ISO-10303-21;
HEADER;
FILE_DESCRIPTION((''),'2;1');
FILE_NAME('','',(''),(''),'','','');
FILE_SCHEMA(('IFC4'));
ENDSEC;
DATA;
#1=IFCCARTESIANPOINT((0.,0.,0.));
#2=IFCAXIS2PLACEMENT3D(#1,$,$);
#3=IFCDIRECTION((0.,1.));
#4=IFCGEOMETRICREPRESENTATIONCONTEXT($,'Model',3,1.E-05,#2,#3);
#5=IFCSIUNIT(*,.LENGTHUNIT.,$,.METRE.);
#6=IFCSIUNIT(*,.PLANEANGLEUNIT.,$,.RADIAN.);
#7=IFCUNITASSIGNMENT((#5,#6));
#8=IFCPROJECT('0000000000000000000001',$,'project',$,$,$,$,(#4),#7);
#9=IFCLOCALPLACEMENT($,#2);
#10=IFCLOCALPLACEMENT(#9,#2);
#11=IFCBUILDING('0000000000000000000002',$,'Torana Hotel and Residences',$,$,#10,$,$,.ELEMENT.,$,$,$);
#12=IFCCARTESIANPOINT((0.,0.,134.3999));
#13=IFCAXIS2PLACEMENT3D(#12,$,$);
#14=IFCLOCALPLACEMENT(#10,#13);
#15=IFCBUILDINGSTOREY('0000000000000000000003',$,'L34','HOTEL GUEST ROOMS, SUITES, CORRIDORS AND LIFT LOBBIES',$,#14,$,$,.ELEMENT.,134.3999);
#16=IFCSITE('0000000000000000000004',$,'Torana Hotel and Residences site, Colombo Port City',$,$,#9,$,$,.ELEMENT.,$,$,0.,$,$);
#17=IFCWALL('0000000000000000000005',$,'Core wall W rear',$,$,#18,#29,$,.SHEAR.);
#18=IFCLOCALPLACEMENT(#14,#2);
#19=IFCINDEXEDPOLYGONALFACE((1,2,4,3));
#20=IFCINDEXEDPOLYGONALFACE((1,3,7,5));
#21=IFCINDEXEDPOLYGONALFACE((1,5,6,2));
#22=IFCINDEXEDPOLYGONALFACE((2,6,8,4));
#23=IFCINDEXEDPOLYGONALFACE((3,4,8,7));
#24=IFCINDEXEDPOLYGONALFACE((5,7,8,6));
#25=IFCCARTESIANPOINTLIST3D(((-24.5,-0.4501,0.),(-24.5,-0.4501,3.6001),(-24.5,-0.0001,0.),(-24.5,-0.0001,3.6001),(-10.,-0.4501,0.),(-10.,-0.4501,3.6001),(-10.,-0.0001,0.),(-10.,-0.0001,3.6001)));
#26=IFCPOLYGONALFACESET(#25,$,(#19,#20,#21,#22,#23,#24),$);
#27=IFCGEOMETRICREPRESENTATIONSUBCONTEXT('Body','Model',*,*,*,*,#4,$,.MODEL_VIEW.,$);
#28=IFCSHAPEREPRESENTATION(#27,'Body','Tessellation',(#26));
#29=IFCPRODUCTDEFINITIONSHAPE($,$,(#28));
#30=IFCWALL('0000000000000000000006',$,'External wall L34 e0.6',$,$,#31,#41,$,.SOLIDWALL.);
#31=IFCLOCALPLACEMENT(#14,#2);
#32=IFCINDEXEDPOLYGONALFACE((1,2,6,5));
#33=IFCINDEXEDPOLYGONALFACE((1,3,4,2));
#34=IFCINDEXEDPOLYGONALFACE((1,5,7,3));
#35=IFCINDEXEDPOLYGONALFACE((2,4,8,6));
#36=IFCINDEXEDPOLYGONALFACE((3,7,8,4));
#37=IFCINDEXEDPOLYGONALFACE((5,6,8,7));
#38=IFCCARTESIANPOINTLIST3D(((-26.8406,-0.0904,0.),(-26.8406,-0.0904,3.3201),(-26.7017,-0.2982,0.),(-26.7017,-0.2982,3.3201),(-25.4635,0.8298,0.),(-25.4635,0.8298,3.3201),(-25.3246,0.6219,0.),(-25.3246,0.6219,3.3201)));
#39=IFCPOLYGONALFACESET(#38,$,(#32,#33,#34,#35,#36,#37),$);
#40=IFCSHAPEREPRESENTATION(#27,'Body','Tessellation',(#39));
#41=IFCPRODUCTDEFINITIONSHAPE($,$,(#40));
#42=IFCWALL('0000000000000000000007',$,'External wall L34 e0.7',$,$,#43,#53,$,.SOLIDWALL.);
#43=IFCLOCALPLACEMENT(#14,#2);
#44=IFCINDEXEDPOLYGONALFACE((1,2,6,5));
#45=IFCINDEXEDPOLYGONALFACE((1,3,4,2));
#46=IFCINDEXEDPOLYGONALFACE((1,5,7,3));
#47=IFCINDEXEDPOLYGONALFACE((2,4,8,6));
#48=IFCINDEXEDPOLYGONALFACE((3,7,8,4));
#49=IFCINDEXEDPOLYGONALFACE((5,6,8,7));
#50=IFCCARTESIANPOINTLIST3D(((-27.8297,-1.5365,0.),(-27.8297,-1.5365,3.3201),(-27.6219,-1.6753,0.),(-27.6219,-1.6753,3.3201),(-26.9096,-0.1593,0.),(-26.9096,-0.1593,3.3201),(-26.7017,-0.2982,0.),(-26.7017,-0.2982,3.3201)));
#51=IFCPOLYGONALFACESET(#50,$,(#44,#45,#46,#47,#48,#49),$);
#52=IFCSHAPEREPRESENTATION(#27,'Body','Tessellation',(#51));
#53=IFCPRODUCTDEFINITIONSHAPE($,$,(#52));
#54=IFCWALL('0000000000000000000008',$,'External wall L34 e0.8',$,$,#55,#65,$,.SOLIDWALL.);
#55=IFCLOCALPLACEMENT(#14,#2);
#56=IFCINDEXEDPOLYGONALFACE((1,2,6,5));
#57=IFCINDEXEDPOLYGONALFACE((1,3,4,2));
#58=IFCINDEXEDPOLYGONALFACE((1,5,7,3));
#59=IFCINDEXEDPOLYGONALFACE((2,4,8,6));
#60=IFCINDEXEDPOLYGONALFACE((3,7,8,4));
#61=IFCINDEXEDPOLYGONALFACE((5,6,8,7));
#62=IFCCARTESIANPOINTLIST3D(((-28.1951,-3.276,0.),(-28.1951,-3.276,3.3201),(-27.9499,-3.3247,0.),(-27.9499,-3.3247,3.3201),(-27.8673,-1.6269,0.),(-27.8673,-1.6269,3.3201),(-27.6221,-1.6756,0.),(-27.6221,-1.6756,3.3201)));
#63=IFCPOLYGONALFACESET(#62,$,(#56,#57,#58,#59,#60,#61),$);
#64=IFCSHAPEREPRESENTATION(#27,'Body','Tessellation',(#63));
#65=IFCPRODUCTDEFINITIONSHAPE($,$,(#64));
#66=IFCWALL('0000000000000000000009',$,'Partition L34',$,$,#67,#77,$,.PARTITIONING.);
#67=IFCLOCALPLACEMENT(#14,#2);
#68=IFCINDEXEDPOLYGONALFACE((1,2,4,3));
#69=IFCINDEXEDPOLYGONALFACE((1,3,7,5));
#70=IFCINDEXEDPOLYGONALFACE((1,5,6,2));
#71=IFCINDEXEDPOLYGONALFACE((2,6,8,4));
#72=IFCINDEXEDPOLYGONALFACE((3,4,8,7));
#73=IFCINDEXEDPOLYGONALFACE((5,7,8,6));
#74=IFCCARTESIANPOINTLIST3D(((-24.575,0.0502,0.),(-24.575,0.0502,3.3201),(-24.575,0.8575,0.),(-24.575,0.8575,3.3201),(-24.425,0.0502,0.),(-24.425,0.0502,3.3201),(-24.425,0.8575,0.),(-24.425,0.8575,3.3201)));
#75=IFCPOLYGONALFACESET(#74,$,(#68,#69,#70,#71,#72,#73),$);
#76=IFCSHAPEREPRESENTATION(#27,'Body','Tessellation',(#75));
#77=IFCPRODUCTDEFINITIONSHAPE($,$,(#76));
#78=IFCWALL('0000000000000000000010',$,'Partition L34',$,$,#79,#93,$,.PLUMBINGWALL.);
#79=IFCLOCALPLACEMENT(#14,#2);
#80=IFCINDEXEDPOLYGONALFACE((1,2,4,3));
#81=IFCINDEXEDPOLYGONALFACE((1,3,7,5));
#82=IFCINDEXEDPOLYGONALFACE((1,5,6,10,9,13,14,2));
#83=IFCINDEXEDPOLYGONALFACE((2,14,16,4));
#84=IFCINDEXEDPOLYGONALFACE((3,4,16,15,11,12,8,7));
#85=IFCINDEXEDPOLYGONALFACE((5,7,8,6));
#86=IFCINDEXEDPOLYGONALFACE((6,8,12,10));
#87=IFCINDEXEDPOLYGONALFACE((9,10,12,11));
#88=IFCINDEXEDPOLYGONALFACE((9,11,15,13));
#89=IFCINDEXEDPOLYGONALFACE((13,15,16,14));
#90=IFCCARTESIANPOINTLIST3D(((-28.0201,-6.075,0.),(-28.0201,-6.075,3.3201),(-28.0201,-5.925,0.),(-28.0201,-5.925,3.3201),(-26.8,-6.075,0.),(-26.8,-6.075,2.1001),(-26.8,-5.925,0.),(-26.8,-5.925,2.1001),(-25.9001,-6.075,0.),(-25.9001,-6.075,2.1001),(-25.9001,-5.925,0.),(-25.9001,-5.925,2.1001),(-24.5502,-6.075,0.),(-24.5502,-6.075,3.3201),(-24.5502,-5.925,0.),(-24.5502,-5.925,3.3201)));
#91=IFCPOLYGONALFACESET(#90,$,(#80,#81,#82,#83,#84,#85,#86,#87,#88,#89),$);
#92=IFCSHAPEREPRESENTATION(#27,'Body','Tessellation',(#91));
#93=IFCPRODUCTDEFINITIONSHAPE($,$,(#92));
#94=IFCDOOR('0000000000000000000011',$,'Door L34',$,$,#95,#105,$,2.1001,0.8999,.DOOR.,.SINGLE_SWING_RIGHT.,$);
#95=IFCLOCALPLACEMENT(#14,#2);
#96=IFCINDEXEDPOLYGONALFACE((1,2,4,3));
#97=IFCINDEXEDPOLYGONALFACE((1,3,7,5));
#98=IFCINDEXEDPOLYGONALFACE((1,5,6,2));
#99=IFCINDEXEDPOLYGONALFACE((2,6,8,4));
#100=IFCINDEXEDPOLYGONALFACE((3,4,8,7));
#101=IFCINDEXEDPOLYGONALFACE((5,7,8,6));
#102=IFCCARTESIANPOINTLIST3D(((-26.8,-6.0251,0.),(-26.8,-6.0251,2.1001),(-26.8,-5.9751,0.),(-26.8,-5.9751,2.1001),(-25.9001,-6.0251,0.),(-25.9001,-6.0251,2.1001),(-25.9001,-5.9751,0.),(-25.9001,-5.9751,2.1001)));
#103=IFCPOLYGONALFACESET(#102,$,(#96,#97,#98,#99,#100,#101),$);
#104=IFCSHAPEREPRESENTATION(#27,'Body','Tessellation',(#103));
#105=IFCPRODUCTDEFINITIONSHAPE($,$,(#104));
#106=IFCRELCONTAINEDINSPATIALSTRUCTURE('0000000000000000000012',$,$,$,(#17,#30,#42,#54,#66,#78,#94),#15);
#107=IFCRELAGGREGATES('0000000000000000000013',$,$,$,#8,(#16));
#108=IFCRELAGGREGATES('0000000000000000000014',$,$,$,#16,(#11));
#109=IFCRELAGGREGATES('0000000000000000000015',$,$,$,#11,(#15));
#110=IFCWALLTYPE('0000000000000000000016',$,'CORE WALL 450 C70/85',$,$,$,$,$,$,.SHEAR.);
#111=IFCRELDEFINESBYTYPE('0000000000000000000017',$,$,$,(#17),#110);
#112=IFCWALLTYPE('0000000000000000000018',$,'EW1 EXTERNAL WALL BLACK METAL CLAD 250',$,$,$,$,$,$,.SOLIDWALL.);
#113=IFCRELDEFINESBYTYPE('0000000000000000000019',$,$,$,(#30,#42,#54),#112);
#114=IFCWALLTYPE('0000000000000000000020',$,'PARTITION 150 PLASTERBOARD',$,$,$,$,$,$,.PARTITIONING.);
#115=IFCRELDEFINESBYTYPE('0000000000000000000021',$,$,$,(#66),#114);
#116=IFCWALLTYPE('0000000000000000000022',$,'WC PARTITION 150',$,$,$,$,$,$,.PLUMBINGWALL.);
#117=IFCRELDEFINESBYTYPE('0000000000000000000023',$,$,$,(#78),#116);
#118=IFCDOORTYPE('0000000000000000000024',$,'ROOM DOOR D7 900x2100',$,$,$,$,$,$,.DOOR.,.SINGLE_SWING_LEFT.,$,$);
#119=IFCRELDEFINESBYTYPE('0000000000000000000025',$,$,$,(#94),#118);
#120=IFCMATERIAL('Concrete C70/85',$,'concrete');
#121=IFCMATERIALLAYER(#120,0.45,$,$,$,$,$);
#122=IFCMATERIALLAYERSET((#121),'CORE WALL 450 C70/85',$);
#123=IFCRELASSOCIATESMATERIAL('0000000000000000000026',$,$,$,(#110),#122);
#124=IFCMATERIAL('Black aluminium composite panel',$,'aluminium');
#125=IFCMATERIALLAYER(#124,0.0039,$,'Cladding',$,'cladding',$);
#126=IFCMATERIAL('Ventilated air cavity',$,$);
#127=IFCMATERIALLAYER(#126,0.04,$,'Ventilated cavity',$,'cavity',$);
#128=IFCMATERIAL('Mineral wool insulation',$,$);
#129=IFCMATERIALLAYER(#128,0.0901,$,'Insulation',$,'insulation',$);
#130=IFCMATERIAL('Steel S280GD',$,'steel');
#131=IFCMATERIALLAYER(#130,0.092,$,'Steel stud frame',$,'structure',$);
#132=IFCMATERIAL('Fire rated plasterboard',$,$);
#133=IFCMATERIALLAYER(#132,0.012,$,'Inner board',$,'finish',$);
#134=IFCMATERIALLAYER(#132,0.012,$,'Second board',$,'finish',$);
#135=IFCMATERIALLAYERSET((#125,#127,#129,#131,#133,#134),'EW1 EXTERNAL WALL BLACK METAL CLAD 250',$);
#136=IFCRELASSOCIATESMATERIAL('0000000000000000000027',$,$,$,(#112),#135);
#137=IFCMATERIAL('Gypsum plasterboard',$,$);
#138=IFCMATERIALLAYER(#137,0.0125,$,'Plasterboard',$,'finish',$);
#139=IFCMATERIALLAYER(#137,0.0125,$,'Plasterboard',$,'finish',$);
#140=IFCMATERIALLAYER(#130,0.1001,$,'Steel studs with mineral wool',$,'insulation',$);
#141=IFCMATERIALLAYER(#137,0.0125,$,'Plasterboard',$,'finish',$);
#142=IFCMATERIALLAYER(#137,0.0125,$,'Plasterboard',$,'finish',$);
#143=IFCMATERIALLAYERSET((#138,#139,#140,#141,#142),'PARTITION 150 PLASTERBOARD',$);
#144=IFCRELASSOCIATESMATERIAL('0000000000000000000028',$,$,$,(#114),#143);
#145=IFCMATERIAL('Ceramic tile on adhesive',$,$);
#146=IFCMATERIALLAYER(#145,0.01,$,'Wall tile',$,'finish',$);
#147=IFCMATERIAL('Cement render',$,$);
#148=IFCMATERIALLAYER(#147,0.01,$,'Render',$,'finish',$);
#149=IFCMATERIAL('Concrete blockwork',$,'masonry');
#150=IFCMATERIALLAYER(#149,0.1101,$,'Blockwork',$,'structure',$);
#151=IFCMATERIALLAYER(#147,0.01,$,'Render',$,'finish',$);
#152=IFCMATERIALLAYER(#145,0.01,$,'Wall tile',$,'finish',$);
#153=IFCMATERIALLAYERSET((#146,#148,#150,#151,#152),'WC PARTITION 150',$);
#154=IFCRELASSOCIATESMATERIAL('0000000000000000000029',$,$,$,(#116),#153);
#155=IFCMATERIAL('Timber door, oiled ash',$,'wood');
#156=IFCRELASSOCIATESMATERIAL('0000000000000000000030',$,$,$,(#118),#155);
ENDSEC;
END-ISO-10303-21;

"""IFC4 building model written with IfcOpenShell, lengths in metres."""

from ifc_helpers import new_model, si_unit, direction, frame, frame_2d, origin, place, context, subcontext, project, spatial, rectangle, extrude, material, layer, layer_set, type_object, element, fill, save


model = new_model("IFC4")

# Units and contexts
model_context = context("Model", 3, precision=1e-05, world=origin(), true_north=direction((0.0, 1.0)))
body_context = subcontext(model_context, "Body", "Model", "MODEL_VIEW")
ifc_project = project(units=[si_unit("LENGTHUNIT", "METRE"), si_unit("PLANEANGLEUNIT", "RADIAN")], contexts=[model_context])

# Site, building, storey
site_placement = place(None, origin())
site = spatial("IfcSite", under=ifc_project, at=site_placement, Name="Torana Hotel and Residences site, Colombo Port City", CompositionType="ELEMENT", RefElevation=0.0)
building_placement = place(site_placement, origin())
building = spatial("IfcBuilding", under=site, at=building_placement, Name="Torana Hotel and Residences", CompositionType="ELEMENT")
storey_placement = place(building_placement, frame((0.0, 0.0, 134.3999)))
storey = spatial("IfcBuildingStorey", under=building, at=storey_placement, Name="L34", Description="HOTEL GUEST ROOMS, SUITES, CORRIDORS AND LIFT LOBBIES", CompositionType="ELEMENT", Elevation=134.3999)

# Walls
ifc_material_1 = material(Name="Concrete C70/85", Category="concrete")
ifc_layer_1 = layer(ifc_material_1, 0.45)
ifc_layer_set_1 = layer_set([ifc_layer_1], Name="CORE WALL 450 C70/85")
wall_type_1 = type_object("IfcWallType", Name="CORE WALL 450 C70/85", PredefinedType="SHEAR", material=ifc_layer_set_1)
wall_1_placement = place(storey_placement, frame((-24.5, -0.2251, 0.0), z_axis=(0.0, 0.0, 1.0), x_axis=(1.0, 0.0, 0.0)))
element("IfcWall", 1, at=wall_1_placement, inside=storey, type_object=wall_type_1, Name="Core wall W rear", PredefinedType="SHEAR", context=body_context, shape_type="SweptSolid", body=[
    extrude(rectangle(XDim=14.5, YDim=0.45, at=frame_2d((7.25, 0.0))), origin(), (0.0, 0.0, 1.0), 3.6001),
])
ifc_material_2 = material(Name="Black aluminium composite panel", Category="aluminium")
ifc_layer_2 = layer(ifc_material_2, 0.0039, Name="Cladding", Category="cladding")
ifc_material_3 = material(Name="Ventilated air cavity")
ifc_layer_3 = layer(ifc_material_3, 0.04, Name="Ventilated cavity", Category="cavity")
ifc_material_4 = material(Name="Mineral wool insulation")
ifc_layer_4 = layer(ifc_material_4, 0.0901, Name="Insulation", Category="insulation")
ifc_material_5 = material(Name="Steel S280GD", Category="steel")
ifc_layer_5 = layer(ifc_material_5, 0.092, Name="Steel stud frame", Category="structure")
ifc_material_6 = material(Name="Fire rated plasterboard")
ifc_layer_6 = layer(ifc_material_6, 0.012, Name="Inner board", Category="finish")
ifc_layer_7 = layer(ifc_material_6, 0.012, Name="Second board", Category="finish")
ifc_layer_set_2 = layer_set([ifc_layer_2, ifc_layer_3, ifc_layer_4, ifc_layer_5, ifc_layer_6, ifc_layer_7], Name="EW1 EXTERNAL WALL BLACK METAL CLAD 250")
wall_type_2 = type_object("IfcWallType", Name="EW1 EXTERNAL WALL BLACK METAL CLAD 250", PredefinedType="SOLIDWALL", material=ifc_layer_set_2)
for number, where, z_axis, x_axis, name in (
    (2, (-25.394, 0.7258, 0.0), (0.0, 0.0, 1.0), (-0.831483, -0.55555, 0.0), "External wall L34 e0.6"),
    (3, (-26.8057, -0.2288, 0.0), (0.0, 0.0, 1.0), (-0.55555, -0.831483, 0.0), "External wall L34 e0.7"),
):
    element("IfcWall", number, at=place(storey_placement, frame(where, z_axis=z_axis, x_axis=x_axis)), inside=storey, type_object=wall_type_2, Name=name, PredefinedType="SOLIDWALL", context=body_context, shape_type="SweptSolid", body=[
        extrude(rectangle(XDim=1.6562, YDim=0.25, at=frame_2d((0.8281, 0.0))), origin(), (0.0, 0.0, 1.0), 3.3201),
    ])
wall_2_placement = place(storey_placement, frame((-27.7446, -1.6511, 0.0), z_axis=(0.0, 0.0, 1.0), x_axis=(-0.194999, -0.980803, 0.0)))
element("IfcWall", 4, at=wall_2_placement, inside=storey, type_object=wall_type_2, Name="External wall L34 e0.8", PredefinedType="SOLIDWALL", context=body_context, shape_type="SweptSolid", body=[
    extrude(rectangle(XDim=1.6814, YDim=0.25, at=frame_2d((0.8408, 0.0))), origin(), (0.0, 0.0, 1.0), 3.3201),
])

# Wall
ifc_material_7 = material(Name="Gypsum plasterboard")
ifc_layer_8 = layer(ifc_material_7, 0.0125, Name="Plasterboard", Category="finish")
ifc_layer_9 = layer(ifc_material_7, 0.0125, Name="Plasterboard", Category="finish")
ifc_layer_10 = layer(ifc_material_5, 0.1001, Name="Steel studs with mineral wool", Category="insulation")
ifc_layer_11 = layer(ifc_material_7, 0.0125, Name="Plasterboard", Category="finish")
ifc_layer_12 = layer(ifc_material_7, 0.0125, Name="Plasterboard", Category="finish")
ifc_layer_set_3 = layer_set([ifc_layer_8, ifc_layer_9, ifc_layer_10, ifc_layer_11, ifc_layer_12], Name="PARTITION 150 PLASTERBOARD")
wall_type_3 = type_object("IfcWallType", Name="PARTITION 150 PLASTERBOARD", PredefinedType="PARTITIONING", material=ifc_layer_set_3)
wall_3_placement = place(storey_placement, frame((-24.5, 0.05, 0.0), z_axis=(0.0, 0.0, 1.0), x_axis=(0.0, 1.0, 0.0)))
element("IfcWall", 5, at=wall_3_placement, inside=storey, type_object=wall_type_3, Name="Partition L34", PredefinedType="PARTITIONING", context=body_context, shape_type="SweptSolid", body=[
    extrude(rectangle(XDim=0.8074, YDim=0.1499, at=frame_2d((0.4038, 0.0))), origin(), (0.0, 0.0, 1.0), 3.3201),
])

# Wall, opening, door
ifc_material_8 = material(Name="Ceramic tile on adhesive")
ifc_layer_13 = layer(ifc_material_8, 0.01, Name="Wall tile", Category="finish")
ifc_material_9 = material(Name="Cement render")
ifc_layer_14 = layer(ifc_material_9, 0.01, Name="Render", Category="finish")
ifc_material_10 = material(Name="Concrete blockwork", Category="masonry")
ifc_layer_15 = layer(ifc_material_10, 0.1101, Name="Blockwork", Category="structure")
ifc_layer_16 = layer(ifc_material_9, 0.01, Name="Render", Category="finish")
ifc_layer_17 = layer(ifc_material_8, 0.01, Name="Wall tile", Category="finish")
ifc_layer_set_4 = layer_set([ifc_layer_13, ifc_layer_14, ifc_layer_15, ifc_layer_16, ifc_layer_17], Name="WC PARTITION 150")
wall_type_4 = type_object("IfcWallType", Name="WC PARTITION 150", PredefinedType="PLUMBINGWALL", material=ifc_layer_set_4)
wall_4_placement = place(storey_placement, frame((-28.02, -6.0, 0.0), z_axis=(0.0, 0.0, 1.0), x_axis=(1.0, 0.0, 0.0)))
wall_4 = element("IfcWall", 6, at=wall_4_placement, inside=storey, type_object=wall_type_4, Name="Partition L34", PredefinedType="PLUMBINGWALL", context=body_context, shape_type="SweptSolid", body=[
    extrude(rectangle(XDim=3.47, YDim=0.1499, at=frame_2d((1.7349, 0.0))), origin(), (0.0, 0.0, 1.0), 3.3201),
])
opening_1_placement = place(wall_4_placement, frame((1.22, 0.0, 0.0)))
opening_1 = element("IfcOpeningElement", 7, at=opening_1_placement, cuts=wall_4, PredefinedType="OPENING", context=body_context, shape_type="SweptSolid", body=[
    extrude(rectangle(XDim=0.8999, YDim=2.1001, at=frame_2d((0.45, 1.05))), frame((0.0, 0.085, 0.0), z_axis=(0.0, -1.0, 0.0), x_axis=(1.0, 0.0, 0.0)), (0.0, 0.0, 1.0), 0.1699),
])
ifc_material_11 = material(Name="Timber door, oiled ash", Category="wood")
door_type_1 = type_object("IfcDoorType", Name="ROOM DOOR D7 900x2100", OperationType="SINGLE_SWING_LEFT", PredefinedType="DOOR", material=ifc_material_11)
door_1_placement = place(opening_1_placement, origin())
door_1 = element("IfcDoor", 8, at=door_1_placement, inside=storey, type_object=door_type_1, Name="Door L34", OperationType="SINGLE_SWING_RIGHT", OverallHeight=2.1001, OverallWidth=0.8999, PredefinedType="DOOR", context=body_context, shape_type="SweptSolid", body=[
    extrude(rectangle(XDim=0.8999, YDim=2.1001, at=frame_2d((0.45, 1.05))), frame((0.0, 0.0249, 0.0), z_axis=(0.0, -1.0, 0.0), x_axis=(1.0, 0.0, 0.0)), (0.0, 0.0, 1.0), 0.05),
])
fill(opening_1, door_1)

save(model, "model.ifc")
